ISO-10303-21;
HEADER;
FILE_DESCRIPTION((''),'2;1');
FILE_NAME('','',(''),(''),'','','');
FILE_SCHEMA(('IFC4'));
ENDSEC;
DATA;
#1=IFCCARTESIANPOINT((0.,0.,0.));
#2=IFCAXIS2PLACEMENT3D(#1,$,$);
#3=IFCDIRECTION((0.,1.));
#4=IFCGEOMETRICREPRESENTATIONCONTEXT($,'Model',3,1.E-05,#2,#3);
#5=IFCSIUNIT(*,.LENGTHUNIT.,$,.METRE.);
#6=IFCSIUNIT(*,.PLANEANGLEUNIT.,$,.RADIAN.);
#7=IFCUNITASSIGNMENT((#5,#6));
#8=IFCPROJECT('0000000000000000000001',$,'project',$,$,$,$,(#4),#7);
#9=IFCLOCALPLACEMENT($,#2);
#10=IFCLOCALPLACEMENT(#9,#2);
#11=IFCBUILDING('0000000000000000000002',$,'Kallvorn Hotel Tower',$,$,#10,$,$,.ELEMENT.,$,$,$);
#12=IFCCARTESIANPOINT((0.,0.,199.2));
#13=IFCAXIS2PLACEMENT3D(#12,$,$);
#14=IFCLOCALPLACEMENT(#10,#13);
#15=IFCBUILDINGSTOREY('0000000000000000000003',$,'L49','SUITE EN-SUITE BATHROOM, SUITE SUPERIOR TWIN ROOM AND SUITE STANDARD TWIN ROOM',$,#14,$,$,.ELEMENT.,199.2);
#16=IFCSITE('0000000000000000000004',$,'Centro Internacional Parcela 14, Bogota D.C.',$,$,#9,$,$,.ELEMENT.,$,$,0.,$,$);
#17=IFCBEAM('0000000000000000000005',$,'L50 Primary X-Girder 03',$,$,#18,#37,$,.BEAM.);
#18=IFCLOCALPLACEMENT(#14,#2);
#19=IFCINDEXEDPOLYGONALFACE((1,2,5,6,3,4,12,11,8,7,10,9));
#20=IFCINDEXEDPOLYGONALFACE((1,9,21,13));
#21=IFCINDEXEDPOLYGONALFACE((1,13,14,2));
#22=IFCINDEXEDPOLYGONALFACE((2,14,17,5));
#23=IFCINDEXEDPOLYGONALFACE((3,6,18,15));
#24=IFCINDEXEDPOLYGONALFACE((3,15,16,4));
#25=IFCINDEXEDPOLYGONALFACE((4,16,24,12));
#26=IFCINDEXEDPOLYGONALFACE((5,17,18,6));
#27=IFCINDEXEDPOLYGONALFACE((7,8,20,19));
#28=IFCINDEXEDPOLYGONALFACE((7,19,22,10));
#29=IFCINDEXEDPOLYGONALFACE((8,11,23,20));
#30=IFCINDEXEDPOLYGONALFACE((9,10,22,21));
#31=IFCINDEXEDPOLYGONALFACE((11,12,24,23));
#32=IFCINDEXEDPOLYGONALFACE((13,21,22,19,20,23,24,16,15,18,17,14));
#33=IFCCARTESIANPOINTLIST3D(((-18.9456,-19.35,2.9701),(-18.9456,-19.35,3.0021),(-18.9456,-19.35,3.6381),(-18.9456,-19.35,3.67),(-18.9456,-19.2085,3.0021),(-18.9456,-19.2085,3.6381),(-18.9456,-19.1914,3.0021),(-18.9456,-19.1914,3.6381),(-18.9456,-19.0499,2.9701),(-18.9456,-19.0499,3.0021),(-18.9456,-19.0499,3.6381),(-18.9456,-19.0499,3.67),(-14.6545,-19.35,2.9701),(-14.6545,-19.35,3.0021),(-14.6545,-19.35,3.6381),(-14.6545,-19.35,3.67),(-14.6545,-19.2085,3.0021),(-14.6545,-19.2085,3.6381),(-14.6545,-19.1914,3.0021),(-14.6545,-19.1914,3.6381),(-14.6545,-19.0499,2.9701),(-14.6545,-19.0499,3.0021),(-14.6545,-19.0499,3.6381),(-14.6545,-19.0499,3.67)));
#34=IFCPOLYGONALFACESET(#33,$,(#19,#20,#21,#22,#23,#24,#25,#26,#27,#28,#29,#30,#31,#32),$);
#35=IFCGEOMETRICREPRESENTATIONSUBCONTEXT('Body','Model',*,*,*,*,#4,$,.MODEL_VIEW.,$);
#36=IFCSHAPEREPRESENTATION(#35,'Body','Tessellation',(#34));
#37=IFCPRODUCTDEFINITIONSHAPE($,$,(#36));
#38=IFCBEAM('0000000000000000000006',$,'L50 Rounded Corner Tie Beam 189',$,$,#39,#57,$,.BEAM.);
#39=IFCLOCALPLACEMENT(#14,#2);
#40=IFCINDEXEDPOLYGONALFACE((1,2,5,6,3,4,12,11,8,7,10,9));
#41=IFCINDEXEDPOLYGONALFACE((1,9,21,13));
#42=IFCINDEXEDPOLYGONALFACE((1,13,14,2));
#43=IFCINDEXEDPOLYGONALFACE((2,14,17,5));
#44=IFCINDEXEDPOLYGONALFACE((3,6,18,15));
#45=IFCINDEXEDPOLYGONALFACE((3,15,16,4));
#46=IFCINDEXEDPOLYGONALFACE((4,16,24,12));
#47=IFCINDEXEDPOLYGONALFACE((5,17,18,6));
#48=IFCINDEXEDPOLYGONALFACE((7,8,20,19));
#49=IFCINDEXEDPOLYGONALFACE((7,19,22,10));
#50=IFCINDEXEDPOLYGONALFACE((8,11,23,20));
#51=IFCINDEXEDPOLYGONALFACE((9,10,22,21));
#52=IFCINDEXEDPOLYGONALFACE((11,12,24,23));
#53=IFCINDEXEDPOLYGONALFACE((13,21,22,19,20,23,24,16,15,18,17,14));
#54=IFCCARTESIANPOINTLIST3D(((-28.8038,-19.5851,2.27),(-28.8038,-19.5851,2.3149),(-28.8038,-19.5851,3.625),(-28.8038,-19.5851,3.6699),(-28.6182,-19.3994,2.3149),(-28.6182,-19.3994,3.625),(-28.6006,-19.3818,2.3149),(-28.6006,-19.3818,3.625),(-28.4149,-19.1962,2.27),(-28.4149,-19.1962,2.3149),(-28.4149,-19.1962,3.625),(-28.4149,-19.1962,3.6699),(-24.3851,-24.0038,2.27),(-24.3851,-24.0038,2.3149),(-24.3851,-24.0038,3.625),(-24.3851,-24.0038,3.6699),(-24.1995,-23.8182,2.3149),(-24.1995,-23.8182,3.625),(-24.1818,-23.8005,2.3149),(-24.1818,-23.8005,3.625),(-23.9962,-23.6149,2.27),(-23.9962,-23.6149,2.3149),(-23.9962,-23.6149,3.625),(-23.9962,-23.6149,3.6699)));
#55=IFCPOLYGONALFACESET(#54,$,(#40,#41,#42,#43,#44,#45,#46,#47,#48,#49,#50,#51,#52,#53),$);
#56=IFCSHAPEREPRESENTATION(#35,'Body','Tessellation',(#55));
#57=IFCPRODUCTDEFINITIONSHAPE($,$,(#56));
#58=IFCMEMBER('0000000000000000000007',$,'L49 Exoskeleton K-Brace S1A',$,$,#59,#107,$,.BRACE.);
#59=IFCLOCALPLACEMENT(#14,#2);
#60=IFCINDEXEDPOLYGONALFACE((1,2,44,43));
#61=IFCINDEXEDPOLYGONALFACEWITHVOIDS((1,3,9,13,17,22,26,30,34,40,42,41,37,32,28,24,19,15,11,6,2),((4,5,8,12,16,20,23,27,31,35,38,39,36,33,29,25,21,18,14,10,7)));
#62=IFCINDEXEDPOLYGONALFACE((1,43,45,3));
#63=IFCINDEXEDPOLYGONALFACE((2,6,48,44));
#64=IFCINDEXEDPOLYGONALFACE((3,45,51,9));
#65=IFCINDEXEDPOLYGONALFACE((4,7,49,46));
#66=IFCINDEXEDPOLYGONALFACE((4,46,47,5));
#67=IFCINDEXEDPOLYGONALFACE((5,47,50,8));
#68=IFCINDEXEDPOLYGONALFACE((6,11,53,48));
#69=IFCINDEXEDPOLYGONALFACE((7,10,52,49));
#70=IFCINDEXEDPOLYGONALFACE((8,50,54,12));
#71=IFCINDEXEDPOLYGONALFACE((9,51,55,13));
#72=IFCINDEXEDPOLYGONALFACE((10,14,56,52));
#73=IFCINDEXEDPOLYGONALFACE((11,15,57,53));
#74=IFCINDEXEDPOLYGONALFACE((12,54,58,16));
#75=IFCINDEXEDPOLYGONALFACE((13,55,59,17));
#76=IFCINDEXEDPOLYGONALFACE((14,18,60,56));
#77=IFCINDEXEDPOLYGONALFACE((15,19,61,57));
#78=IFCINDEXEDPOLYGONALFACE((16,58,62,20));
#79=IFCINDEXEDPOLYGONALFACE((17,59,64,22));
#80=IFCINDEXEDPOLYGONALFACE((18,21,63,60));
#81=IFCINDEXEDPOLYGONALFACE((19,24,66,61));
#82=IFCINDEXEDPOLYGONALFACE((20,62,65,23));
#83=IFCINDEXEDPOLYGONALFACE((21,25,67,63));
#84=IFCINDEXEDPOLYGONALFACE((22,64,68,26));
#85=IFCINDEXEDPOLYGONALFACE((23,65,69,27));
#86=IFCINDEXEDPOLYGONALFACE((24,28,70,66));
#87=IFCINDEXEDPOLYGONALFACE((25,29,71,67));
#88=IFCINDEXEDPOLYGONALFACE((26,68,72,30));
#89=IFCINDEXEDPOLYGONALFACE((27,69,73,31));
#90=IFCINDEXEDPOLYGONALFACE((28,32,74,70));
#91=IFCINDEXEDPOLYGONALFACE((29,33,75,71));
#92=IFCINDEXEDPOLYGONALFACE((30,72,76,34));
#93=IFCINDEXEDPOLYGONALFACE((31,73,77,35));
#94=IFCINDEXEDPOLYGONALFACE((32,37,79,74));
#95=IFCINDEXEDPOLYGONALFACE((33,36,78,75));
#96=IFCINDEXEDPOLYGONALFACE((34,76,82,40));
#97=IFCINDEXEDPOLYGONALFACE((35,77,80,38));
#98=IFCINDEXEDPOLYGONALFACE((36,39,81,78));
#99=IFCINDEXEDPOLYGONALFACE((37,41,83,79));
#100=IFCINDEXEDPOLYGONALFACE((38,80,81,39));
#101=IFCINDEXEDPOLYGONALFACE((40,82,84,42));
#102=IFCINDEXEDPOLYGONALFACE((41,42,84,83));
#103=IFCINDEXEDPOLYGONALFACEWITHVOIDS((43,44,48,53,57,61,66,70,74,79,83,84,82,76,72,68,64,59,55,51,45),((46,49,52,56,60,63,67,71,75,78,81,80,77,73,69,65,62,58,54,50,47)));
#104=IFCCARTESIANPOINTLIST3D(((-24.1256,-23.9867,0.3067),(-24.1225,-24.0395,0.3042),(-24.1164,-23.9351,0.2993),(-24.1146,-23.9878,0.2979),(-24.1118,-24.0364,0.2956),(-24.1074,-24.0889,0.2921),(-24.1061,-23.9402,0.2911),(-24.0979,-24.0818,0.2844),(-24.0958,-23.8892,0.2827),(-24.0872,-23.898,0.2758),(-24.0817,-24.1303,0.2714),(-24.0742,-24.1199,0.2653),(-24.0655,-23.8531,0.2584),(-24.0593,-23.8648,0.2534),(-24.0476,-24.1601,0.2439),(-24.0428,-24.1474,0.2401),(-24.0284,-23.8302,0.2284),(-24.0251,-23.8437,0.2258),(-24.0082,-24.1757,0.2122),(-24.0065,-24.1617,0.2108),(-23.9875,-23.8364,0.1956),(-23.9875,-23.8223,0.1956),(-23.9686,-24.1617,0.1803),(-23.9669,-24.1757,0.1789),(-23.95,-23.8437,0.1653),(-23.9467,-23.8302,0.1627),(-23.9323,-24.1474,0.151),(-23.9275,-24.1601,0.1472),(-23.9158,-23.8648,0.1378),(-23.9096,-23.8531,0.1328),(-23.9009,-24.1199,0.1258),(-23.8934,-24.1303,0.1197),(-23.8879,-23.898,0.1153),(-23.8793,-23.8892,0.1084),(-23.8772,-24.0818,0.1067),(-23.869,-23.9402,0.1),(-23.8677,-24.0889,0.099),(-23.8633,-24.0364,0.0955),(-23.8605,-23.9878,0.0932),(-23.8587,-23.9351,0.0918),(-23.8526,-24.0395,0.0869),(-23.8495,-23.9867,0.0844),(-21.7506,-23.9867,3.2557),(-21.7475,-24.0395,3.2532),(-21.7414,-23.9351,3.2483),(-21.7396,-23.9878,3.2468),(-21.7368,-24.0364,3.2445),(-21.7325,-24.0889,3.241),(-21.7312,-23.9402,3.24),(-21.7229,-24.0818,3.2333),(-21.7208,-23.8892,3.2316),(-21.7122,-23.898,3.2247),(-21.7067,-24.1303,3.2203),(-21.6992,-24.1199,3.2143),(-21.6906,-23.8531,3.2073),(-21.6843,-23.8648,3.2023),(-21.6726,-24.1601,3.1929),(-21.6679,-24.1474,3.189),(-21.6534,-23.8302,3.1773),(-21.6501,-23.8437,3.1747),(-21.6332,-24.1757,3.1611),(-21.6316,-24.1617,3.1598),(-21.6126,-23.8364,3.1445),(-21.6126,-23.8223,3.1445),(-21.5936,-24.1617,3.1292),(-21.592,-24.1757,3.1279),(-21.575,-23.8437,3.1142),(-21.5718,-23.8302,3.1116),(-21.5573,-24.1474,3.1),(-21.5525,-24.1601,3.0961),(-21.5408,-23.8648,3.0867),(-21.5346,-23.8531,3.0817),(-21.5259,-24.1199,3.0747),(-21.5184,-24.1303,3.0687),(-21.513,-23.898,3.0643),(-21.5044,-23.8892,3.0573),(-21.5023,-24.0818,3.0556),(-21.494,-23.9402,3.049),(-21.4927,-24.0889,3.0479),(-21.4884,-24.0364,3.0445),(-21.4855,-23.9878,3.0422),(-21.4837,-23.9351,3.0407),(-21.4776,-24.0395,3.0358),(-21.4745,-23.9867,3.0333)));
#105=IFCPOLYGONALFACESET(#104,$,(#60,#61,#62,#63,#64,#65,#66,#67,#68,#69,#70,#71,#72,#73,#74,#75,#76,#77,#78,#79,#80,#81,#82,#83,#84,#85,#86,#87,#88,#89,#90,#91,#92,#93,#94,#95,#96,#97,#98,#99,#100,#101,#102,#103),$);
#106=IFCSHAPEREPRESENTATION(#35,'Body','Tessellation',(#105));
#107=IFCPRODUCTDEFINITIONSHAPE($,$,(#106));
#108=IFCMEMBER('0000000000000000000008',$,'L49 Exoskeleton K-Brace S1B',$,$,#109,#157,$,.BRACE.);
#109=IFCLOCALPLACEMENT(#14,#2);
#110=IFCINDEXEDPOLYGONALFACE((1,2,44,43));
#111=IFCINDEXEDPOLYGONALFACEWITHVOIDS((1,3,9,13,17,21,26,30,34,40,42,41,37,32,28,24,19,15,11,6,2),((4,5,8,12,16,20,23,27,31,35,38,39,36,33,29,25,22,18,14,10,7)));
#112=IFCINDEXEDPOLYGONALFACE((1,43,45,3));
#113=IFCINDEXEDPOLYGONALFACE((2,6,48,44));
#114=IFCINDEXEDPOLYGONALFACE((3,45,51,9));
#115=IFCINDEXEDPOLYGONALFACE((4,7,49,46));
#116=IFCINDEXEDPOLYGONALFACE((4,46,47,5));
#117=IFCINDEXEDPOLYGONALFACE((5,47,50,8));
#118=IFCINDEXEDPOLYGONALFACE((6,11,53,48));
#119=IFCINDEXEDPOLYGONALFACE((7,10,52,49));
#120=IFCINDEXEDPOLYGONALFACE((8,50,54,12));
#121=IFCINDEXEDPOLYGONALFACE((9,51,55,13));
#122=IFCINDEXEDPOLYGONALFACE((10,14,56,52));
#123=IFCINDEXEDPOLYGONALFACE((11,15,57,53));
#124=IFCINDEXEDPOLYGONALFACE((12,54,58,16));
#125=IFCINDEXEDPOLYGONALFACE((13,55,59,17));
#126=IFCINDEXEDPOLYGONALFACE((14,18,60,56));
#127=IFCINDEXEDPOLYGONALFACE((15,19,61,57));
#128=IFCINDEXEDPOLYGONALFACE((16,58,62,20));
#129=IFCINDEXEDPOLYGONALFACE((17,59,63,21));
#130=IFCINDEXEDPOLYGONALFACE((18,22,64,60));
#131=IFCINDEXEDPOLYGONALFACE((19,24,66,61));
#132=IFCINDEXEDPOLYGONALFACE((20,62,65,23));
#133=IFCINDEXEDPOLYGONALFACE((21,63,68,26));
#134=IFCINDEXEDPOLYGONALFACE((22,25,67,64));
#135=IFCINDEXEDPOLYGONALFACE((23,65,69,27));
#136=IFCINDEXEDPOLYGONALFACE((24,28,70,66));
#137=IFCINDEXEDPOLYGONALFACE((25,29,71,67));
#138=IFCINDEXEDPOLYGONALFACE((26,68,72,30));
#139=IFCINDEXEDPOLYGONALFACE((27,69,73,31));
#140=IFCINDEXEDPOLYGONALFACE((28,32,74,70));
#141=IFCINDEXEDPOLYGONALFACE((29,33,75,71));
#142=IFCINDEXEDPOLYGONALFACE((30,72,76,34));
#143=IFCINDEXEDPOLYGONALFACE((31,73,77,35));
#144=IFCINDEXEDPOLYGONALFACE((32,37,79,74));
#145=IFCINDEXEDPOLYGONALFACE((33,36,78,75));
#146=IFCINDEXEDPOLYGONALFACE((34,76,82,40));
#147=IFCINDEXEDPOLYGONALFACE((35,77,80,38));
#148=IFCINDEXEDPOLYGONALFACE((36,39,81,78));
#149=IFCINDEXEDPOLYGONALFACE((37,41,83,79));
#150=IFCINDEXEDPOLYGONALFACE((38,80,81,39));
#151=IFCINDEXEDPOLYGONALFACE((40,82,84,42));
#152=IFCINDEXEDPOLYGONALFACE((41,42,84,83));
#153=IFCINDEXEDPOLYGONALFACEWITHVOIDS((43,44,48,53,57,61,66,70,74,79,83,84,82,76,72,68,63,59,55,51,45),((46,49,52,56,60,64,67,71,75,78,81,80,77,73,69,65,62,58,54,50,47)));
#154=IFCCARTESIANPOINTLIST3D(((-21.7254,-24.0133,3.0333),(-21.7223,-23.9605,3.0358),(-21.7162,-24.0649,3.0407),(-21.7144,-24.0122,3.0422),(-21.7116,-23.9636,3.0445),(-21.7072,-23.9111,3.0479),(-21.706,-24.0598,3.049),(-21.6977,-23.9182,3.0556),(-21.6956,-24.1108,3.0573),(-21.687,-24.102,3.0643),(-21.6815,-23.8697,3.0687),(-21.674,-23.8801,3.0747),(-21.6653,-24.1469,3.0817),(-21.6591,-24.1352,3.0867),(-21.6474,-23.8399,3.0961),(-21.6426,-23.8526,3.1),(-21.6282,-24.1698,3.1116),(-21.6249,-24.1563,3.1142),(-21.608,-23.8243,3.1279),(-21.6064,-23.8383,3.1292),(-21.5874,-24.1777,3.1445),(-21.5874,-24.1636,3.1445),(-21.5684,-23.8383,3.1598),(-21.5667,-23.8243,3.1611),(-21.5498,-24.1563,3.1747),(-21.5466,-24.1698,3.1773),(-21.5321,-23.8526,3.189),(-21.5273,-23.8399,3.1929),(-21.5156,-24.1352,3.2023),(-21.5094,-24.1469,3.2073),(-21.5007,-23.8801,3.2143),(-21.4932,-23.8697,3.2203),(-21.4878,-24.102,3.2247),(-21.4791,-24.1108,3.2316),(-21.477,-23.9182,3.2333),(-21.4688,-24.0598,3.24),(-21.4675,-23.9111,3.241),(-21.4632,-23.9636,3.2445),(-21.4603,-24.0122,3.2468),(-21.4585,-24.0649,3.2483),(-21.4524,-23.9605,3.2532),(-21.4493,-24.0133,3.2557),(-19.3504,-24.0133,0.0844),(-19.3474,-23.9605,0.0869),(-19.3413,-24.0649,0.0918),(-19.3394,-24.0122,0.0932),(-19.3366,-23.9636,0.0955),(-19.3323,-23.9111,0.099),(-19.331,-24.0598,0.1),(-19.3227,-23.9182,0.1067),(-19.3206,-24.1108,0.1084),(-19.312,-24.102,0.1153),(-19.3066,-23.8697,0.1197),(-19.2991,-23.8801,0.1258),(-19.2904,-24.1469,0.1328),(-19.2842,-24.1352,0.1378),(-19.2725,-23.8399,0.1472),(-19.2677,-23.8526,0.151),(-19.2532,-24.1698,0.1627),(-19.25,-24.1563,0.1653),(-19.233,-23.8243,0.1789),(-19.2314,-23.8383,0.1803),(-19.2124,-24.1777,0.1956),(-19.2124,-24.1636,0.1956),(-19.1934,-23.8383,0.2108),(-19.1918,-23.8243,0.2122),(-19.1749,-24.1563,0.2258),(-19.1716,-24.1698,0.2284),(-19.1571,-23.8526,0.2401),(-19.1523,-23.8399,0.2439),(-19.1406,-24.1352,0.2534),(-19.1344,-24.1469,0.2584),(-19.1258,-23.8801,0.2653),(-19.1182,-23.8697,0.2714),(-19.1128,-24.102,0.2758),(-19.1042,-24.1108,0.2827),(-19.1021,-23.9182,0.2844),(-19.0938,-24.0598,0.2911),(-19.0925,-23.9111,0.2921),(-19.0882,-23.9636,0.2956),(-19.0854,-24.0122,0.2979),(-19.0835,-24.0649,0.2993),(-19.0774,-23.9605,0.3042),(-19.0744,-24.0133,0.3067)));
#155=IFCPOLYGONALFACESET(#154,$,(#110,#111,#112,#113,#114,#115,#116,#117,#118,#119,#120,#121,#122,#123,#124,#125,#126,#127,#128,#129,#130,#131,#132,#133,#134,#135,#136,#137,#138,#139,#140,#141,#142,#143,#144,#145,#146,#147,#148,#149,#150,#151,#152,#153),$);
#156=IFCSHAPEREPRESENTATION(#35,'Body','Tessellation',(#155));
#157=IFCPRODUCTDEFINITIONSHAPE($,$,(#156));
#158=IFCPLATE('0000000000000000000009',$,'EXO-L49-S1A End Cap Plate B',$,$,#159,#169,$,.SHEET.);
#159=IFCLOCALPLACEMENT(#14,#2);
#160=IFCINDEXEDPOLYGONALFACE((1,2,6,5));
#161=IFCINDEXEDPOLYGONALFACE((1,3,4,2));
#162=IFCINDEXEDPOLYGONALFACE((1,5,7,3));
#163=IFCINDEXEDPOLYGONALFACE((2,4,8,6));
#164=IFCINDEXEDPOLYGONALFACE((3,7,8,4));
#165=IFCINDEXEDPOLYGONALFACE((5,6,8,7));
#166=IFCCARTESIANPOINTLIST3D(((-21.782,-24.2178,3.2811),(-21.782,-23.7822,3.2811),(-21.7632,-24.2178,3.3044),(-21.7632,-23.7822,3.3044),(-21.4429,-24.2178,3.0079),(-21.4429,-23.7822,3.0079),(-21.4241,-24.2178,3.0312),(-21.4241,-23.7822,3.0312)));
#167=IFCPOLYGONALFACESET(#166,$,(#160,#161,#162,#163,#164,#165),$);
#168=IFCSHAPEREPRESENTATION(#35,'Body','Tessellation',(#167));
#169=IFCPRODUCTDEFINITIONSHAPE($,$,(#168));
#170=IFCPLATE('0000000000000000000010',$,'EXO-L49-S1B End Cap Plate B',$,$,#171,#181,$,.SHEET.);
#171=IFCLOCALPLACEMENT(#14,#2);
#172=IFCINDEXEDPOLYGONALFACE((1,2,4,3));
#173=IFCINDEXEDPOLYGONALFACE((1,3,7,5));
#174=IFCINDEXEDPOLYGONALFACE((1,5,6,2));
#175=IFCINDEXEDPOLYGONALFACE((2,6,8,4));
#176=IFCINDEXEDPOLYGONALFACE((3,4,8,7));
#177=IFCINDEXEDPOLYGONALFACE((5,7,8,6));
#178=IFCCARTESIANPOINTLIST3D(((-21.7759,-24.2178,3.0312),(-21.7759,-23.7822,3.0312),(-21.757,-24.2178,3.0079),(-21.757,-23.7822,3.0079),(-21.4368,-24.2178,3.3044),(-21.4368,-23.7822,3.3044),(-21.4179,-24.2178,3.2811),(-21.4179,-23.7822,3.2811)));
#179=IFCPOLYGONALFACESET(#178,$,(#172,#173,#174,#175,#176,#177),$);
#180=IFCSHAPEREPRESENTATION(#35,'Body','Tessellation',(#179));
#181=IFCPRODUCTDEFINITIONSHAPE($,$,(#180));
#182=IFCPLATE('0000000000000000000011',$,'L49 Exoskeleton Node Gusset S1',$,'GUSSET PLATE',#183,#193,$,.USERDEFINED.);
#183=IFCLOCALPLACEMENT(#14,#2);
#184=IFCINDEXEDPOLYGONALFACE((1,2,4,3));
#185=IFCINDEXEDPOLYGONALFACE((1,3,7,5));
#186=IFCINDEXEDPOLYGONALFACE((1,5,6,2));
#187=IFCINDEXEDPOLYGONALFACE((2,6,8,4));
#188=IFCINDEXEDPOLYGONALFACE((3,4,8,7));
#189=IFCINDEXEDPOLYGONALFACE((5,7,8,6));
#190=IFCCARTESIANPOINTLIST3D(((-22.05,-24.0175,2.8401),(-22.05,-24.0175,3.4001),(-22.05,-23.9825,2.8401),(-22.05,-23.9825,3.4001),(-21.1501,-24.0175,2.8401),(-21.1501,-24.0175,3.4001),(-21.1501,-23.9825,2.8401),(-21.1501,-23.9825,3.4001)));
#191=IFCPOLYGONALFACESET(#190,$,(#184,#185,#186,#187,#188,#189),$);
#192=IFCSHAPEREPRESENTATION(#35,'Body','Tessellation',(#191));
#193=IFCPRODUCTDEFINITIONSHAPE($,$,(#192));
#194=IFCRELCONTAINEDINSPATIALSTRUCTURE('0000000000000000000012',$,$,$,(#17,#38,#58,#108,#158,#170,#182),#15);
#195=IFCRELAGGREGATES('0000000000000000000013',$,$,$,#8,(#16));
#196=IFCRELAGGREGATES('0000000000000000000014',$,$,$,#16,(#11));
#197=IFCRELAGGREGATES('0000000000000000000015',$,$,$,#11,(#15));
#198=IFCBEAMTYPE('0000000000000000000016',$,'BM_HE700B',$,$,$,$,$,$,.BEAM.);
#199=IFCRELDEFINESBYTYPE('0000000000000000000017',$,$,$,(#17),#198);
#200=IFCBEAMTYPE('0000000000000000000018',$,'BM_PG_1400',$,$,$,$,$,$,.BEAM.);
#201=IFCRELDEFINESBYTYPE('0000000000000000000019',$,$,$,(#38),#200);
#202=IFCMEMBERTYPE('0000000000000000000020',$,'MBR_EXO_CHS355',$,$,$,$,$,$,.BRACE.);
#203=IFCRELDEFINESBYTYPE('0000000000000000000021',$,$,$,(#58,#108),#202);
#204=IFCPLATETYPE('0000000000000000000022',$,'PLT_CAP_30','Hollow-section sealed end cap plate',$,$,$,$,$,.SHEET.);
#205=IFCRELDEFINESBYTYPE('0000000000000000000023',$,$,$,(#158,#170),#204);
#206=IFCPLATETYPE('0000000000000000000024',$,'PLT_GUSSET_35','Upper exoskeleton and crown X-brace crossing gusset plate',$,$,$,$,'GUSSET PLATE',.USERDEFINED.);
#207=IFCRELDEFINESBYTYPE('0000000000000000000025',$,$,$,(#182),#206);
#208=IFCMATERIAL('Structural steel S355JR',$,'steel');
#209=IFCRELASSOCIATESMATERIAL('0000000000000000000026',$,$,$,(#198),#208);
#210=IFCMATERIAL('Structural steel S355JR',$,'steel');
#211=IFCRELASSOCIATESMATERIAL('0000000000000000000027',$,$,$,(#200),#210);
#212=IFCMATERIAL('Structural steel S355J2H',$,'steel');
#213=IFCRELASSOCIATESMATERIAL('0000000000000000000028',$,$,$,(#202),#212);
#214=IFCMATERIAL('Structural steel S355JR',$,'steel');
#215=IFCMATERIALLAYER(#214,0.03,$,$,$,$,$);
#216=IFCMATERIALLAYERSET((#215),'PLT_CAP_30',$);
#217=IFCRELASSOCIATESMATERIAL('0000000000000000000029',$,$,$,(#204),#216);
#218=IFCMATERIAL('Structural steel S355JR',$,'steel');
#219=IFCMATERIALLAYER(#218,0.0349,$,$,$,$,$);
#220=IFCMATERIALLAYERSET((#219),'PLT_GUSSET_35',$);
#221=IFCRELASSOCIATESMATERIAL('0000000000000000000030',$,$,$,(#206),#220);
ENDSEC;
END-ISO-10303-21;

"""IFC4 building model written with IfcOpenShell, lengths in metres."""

from ifc_helpers import new_model, si_unit, direction, frame, origin, origin_2d, place, context, subcontext, project, spatial, polyline, rectangle, hollow_circle, i_section, outline, extrude, material, layer, layer_set, material_profile, profile_set, type_object, element, save


model = new_model("IFC4")

# Units and contexts
model_context = context("Model", 3, precision=1e-05, world=origin(), true_north=direction((0.0, 1.0)))
body_context = subcontext(model_context, "Body", "Model", "MODEL_VIEW")
ifc_project = project(units=[si_unit("LENGTHUNIT", "METRE"), si_unit("PLANEANGLEUNIT", "RADIAN")], contexts=[model_context])

# Site, building, storey
site_placement = place(None, origin())
site = spatial("IfcSite", under=ifc_project, at=site_placement, Name="Centro Internacional Parcela 14, Bogota D.C.", CompositionType="ELEMENT", RefElevation=0.0)
building_placement = place(site_placement, origin())
building = spatial("IfcBuilding", under=site, at=building_placement, Name="Kallvorn Hotel Tower", CompositionType="ELEMENT")
storey_placement = place(building_placement, frame((0.0, 0.0, 199.2)))
storey = spatial("IfcBuildingStorey", under=building, at=storey_placement, Name="L49", Description="SUITE EN-SUITE BATHROOM, SUITE SUPERIOR TWIN ROOM AND SUITE STANDARD TWIN ROOM", CompositionType="ELEMENT", Elevation=199.2)

# Beams
ifc_material_1 = material(Name="Structural steel S355JR", Category="steel")
ifc_material_profile_1 = material_profile(ifc_material_1, i_section(OverallWidth=0.3, OverallDepth=0.7, WebThickness=0.0171, FlangeThickness=0.032, at=origin_2d()), Name="HE 700 B")
ifc_profile_set_1 = profile_set([ifc_material_profile_1], Name="Structural steel S355JR")
beam_type_1 = type_object("IfcBeamType", Name="BM_HE700B", PredefinedType="BEAM", material=ifc_profile_set_1)
for number, where, z_axis, x_axis, name in (
    (1, (-18.9456, -19.2, 3.3201), (1.0, 0.0, 0.0), (0.0, 1.0, 0.0), "L50 Primary X-Girder 03"),
):
    element("IfcBeam", number, at=place(storey_placement, frame(where, z_axis=z_axis, x_axis=x_axis)), inside=storey, type_object=beam_type_1, Name=name, PredefinedType="BEAM", context=body_context, shape_type="SweptSolid", body=[
        extrude(i_section(OverallWidth=0.3, OverallDepth=0.7, WebThickness=0.0171, FlangeThickness=0.032, at=origin_2d()), origin(), (0.0, 0.0, 1.0), 4.291),
    ])
ifc_material_2 = material(Name="Structural steel S355JR", Category="steel")
ifc_material_profile_2 = material_profile(ifc_material_2, i_section(OverallWidth=0.55, OverallDepth=1.3999, WebThickness=0.0249, FlangeThickness=0.0449, at=origin_2d()), Name="PG 1400x550x25x45")
ifc_profile_set_2 = profile_set([ifc_material_profile_2], Name="Structural steel S355JR")
beam_type_2 = type_object("IfcBeamType", Name="BM_PG_1400", PredefinedType="BEAM", material=ifc_profile_set_2)
beam_1_placement = place(storey_placement, frame((-28.6094, -19.3906, 2.97), z_axis=(0.707107, -0.707107, 0.0), x_axis=(0.707107, 0.707107, 0.0)))
element("IfcBeam", 2, at=beam_1_placement, inside=storey, type_object=beam_type_2, Name="L50 Rounded Corner Tie Beam 189", PredefinedType="BEAM", context=body_context, shape_type="SweptSolid", body=[
    extrude(i_section(OverallWidth=0.55, OverallDepth=1.3999, WebThickness=0.0249, FlangeThickness=0.0449, at=origin_2d()), origin(), (0.0, 0.0, 1.0), 6.249),
])

# Members
ifc_material_3 = material(Name="Structural steel S355J2H", Category="steel")
ifc_material_profile_3 = material_profile(ifc_material_3, hollow_circle(Radius=0.1777, WallThickness=0.0142, at=origin_2d()), Name="CHS 355.6x14.2")
ifc_profile_set_3 = profile_set([ifc_material_profile_3], Name="Structural steel S355J2H")
member_type = type_object("IfcMemberType", Name="MBR_EXO_CHS355", PredefinedType="BRACE", material=ifc_profile_set_3)
for number, where, z_axis, x_axis, name in (
    (3, (-23.9875, -24.0, 0.1956), (0.627239, 0.0, 0.778827), (0.0, 1.0, 0.0), "L49 Exoskeleton K-Brace S1A"),
    (4, (-19.2124, -24.0, 0.1956), (-0.627239, 0.0, 0.778827), (0.0, -1.0, 0.0), "L49 Exoskeleton K-Brace S1B"),
):
    element("IfcMember", number, at=place(storey_placement, frame(where, z_axis=z_axis, x_axis=x_axis)), inside=storey, type_object=member_type, Name=name, PredefinedType="BRACE", context=body_context, shape_type="SweptSolid", body=[
        extrude(hollow_circle(Radius=0.1777, WallThickness=0.0142, at=origin_2d()), origin(), (0.0, 0.0, 1.0), 3.7864),
    ])

# Plates
ifc_material_4 = material(Name="Structural steel S355JR", Category="steel")
ifc_layer_1 = layer(ifc_material_4, 0.03)
ifc_layer_set_1 = layer_set([ifc_layer_1], Name="PLT_CAP_30")
plate_type_1 = type_object("IfcPlateType", Name="PLT_CAP_30", Description="Hollow-section sealed end cap plate", PredefinedType="SHEET", material=ifc_layer_set_1)
for number, where, z_axis, x_axis, name in (
    (5, (-21.4241, -24.2178, 3.0312), (0.627358, 0.0, 0.778731), (0.0, 1.0, 0.0), "EXO-L49-S1A End Cap Plate B"),
    (6, (-21.7759, -23.7822, 3.0312), (-0.627358, 0.0, 0.778731), (0.0, -1.0, 0.0), "EXO-L49-S1B End Cap Plate B"),
):
    element("IfcPlate", number, at=place(storey_placement, frame(where, z_axis=z_axis, x_axis=x_axis)), inside=storey, type_object=plate_type_1, Name=name, PredefinedType="SHEET", context=body_context, shape_type="SweptSolid", body=[
        extrude(outline(polyline([(0.0, 0.0), (0.4355, 0.0), (0.4355, 0.4355), (0.0, 0.4355), (0.0, 0.0)])), origin(), (0.0, 0.0, -1.0), 0.03),
    ])
ifc_material_5 = material(Name="Structural steel S355JR", Category="steel")
ifc_layer_2 = layer(ifc_material_5, 0.0349)
ifc_layer_set_2 = layer_set([ifc_layer_2], Name="PLT_GUSSET_35")
plate_type_2 = type_object("IfcPlateType", Name="PLT_GUSSET_35", Description="Upper exoskeleton and crown X-brace crossing gusset plate", ElementType="GUSSET PLATE", PredefinedType="USERDEFINED", material=ifc_layer_set_2)
plate_placement = place(storey_placement, frame((-21.6001, -24.0, 2.8401), z_axis=(0.0, 0.0, 1.0), x_axis=(1.0, 0.0, 0.0)))
element("IfcPlate", 7, at=plate_placement, inside=storey, type_object=plate_type_2, Name="L49 Exoskeleton Node Gusset S1", ObjectType="GUSSET PLATE", PredefinedType="USERDEFINED", context=body_context, shape_type="SweptSolid", body=[
    extrude(rectangle(XDim=0.8999, YDim=0.0349, at=origin_2d()), origin(), (0.0, 0.0, 1.0), 0.5601),
])

save(model, "model.ifc")
